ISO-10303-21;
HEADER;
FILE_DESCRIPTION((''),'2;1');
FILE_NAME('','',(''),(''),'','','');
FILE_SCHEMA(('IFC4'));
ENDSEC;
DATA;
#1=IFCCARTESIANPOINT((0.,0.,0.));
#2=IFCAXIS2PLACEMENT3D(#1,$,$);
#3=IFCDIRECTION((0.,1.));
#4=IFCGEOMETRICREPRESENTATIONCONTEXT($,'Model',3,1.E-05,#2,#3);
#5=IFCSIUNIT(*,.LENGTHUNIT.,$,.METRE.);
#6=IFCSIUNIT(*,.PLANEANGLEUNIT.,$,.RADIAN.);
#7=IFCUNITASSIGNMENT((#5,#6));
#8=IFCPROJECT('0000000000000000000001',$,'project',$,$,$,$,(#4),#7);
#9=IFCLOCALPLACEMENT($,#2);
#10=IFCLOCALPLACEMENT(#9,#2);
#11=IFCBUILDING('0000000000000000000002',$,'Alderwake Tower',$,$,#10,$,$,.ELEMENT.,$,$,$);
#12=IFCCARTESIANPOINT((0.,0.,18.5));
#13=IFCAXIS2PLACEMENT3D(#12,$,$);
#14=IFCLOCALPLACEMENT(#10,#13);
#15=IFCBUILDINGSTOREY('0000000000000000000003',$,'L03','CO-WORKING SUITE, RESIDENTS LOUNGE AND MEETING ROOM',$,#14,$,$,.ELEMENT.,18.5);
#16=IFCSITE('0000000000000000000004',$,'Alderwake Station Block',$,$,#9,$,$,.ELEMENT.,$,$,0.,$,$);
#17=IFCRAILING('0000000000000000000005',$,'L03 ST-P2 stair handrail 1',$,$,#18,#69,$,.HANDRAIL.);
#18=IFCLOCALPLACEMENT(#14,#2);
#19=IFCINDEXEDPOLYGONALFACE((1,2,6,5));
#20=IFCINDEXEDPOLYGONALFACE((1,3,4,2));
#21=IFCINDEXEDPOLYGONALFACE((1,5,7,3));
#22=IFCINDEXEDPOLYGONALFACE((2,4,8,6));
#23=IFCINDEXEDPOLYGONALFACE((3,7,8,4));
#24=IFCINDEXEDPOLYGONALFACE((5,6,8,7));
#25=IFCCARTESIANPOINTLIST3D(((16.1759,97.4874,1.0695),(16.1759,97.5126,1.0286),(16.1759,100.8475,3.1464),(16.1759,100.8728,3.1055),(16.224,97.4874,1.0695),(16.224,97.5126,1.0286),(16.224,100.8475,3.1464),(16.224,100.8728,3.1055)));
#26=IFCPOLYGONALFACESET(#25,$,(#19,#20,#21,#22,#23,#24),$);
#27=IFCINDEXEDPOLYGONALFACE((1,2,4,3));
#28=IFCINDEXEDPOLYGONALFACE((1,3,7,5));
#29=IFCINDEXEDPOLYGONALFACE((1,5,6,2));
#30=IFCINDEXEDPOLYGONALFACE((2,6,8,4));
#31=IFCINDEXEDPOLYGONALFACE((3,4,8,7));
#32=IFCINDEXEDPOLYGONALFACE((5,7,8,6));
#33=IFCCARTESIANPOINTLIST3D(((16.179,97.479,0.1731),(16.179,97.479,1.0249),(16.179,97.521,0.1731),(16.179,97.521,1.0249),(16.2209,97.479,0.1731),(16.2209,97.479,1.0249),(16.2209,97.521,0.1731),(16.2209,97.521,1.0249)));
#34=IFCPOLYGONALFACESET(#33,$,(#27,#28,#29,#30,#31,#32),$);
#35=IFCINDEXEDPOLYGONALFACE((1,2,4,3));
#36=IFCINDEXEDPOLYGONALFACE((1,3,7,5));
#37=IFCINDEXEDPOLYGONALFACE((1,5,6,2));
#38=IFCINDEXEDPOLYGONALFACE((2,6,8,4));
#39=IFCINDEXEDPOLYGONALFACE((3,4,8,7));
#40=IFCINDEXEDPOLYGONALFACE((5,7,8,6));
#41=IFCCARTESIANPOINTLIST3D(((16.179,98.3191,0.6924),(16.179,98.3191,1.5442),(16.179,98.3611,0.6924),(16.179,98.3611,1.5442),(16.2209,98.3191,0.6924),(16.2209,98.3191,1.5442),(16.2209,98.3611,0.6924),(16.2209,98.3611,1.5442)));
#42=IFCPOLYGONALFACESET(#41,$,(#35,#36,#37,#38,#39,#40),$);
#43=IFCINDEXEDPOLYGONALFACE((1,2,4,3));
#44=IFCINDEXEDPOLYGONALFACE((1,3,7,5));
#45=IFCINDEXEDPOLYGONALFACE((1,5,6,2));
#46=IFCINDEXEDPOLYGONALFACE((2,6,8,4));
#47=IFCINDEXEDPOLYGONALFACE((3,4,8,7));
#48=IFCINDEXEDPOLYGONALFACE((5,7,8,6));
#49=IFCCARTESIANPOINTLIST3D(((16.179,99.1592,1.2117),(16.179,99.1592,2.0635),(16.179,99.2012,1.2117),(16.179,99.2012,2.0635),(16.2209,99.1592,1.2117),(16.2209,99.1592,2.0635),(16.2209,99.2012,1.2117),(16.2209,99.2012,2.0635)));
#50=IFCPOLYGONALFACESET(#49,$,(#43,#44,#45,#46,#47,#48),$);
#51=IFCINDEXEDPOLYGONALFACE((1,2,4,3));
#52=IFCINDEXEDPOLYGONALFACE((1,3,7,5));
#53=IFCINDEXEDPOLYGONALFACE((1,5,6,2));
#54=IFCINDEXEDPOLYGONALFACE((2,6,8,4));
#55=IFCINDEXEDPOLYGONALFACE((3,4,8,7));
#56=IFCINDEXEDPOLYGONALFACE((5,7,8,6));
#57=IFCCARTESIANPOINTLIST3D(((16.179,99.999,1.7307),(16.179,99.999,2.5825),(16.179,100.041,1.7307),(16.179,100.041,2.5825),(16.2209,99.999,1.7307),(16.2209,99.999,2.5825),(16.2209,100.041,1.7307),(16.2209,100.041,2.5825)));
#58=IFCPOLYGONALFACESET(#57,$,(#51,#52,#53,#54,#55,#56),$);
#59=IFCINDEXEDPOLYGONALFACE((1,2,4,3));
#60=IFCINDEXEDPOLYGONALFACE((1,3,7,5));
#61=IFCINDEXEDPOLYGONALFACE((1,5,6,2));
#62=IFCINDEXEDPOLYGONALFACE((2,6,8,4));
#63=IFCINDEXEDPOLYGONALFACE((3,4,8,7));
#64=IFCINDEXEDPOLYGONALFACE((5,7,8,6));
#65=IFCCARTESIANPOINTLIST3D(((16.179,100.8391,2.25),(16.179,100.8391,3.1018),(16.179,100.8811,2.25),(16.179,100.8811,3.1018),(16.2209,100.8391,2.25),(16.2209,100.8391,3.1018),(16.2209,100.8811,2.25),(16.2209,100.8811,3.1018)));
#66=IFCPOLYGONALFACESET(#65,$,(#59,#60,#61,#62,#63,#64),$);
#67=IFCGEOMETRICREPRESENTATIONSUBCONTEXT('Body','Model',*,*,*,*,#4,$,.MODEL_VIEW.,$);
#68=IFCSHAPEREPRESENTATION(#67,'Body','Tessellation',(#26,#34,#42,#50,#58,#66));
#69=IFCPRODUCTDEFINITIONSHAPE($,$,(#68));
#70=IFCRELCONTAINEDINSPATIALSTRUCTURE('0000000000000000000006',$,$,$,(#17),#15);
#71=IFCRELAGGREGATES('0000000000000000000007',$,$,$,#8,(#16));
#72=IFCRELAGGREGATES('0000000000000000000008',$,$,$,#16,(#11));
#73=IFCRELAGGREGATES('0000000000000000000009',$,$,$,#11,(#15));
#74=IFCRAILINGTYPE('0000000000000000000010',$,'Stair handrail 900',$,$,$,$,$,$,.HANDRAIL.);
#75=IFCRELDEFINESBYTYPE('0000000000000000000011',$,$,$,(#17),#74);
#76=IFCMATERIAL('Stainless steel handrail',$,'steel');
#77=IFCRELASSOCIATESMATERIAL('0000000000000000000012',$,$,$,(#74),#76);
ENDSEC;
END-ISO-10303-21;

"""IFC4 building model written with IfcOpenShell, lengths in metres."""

from ifc_helpers import new_model, si_unit, direction, frame, origin, origin_2d, place, context, subcontext, project, spatial, rectangle, extrude, material, type_object, element, save


model = new_model("IFC4")

# Units and contexts
model_context = context("Model", 3, precision=1e-05, world=origin(), true_north=direction((0.0, 1.0)))
body_context = subcontext(model_context, "Body", "Model", "MODEL_VIEW")
ifc_project = project(units=[si_unit("LENGTHUNIT", "METRE"), si_unit("PLANEANGLEUNIT", "RADIAN")], contexts=[model_context])

# Site, building, storey
site_placement = place(None, origin())
site = spatial("IfcSite", under=ifc_project, at=site_placement, Name="Alderwake Station Block", CompositionType="ELEMENT", RefElevation=0.0)
building_placement = place(site_placement, origin())
building = spatial("IfcBuilding", under=site, at=building_placement, Name="Alderwake Tower", CompositionType="ELEMENT")
storey_placement = place(building_placement, frame((0.0, 0.0, 18.5)))
storey = spatial("IfcBuildingStorey", under=building, at=storey_placement, Name="L03", Description="CO-WORKING SUITE, RESIDENTS LOUNGE AND MEETING ROOM", CompositionType="ELEMENT", Elevation=18.5)

# Railing
ifc_material_1 = material(Name="Stainless steel handrail", Category="steel")
railing_type = type_object("IfcRailingType", Name="Stair handrail 900", PredefinedType="HANDRAIL", material=ifc_material_1)
railing_placement = place(storey_placement, frame((16.2, 97.5, 0.1731)))
element("IfcRailing", 1, at=railing_placement, inside=storey, type_object=railing_type, Name="L03 ST-P2 stair handrail 1", PredefinedType="HANDRAIL", context=body_context, shape_type="SweptSolid", body=[
    extrude(rectangle(XDim=0.0481, YDim=0.0481, at=origin_2d()), frame((0.0, 0.0, 0.876), z_axis=(0.0, 0.850623, 0.525776), x_axis=(-1.0, 0.0, 0.0)), (0.0, 0.0, 1.0), 3.9502),
    extrude(rectangle(XDim=0.042, YDim=0.042, at=origin_2d()), frame((0.0, 0.0, 0.0), z_axis=(0.0, 0.0, 1.0), x_axis=(0.0, 1.0, 0.0)), (0.0, 0.0, 1.0), 0.8518),
    extrude(rectangle(XDim=0.042, YDim=0.042, at=origin_2d()), frame((0.0, 0.8401, 0.5193), z_axis=(0.0, 0.0, 1.0), x_axis=(0.0, 1.0, 0.0)), (0.0, 0.0, 1.0), 0.8518),
    extrude(rectangle(XDim=0.042, YDim=0.042, at=origin_2d()), frame((0.0, 1.6802, 1.0386), z_axis=(0.0, 0.0, 1.0), x_axis=(0.0, 1.0, 0.0)), (0.0, 0.0, 1.0), 0.8518),
    extrude(rectangle(XDim=0.042, YDim=0.042, at=origin_2d()), frame((0.0, 2.52, 1.5576), z_axis=(0.0, 0.0, 1.0), x_axis=(0.0, 1.0, 0.0)), (0.0, 0.0, 1.0), 0.8518),
    extrude(rectangle(XDim=0.042, YDim=0.042, at=origin_2d()), frame((0.0, 3.3601, 2.0769), z_axis=(0.0, 0.0, 1.0), x_axis=(0.0, 1.0, 0.0)), (0.0, 0.0, 1.0), 0.8518),
])

save(model, "model.ifc")
